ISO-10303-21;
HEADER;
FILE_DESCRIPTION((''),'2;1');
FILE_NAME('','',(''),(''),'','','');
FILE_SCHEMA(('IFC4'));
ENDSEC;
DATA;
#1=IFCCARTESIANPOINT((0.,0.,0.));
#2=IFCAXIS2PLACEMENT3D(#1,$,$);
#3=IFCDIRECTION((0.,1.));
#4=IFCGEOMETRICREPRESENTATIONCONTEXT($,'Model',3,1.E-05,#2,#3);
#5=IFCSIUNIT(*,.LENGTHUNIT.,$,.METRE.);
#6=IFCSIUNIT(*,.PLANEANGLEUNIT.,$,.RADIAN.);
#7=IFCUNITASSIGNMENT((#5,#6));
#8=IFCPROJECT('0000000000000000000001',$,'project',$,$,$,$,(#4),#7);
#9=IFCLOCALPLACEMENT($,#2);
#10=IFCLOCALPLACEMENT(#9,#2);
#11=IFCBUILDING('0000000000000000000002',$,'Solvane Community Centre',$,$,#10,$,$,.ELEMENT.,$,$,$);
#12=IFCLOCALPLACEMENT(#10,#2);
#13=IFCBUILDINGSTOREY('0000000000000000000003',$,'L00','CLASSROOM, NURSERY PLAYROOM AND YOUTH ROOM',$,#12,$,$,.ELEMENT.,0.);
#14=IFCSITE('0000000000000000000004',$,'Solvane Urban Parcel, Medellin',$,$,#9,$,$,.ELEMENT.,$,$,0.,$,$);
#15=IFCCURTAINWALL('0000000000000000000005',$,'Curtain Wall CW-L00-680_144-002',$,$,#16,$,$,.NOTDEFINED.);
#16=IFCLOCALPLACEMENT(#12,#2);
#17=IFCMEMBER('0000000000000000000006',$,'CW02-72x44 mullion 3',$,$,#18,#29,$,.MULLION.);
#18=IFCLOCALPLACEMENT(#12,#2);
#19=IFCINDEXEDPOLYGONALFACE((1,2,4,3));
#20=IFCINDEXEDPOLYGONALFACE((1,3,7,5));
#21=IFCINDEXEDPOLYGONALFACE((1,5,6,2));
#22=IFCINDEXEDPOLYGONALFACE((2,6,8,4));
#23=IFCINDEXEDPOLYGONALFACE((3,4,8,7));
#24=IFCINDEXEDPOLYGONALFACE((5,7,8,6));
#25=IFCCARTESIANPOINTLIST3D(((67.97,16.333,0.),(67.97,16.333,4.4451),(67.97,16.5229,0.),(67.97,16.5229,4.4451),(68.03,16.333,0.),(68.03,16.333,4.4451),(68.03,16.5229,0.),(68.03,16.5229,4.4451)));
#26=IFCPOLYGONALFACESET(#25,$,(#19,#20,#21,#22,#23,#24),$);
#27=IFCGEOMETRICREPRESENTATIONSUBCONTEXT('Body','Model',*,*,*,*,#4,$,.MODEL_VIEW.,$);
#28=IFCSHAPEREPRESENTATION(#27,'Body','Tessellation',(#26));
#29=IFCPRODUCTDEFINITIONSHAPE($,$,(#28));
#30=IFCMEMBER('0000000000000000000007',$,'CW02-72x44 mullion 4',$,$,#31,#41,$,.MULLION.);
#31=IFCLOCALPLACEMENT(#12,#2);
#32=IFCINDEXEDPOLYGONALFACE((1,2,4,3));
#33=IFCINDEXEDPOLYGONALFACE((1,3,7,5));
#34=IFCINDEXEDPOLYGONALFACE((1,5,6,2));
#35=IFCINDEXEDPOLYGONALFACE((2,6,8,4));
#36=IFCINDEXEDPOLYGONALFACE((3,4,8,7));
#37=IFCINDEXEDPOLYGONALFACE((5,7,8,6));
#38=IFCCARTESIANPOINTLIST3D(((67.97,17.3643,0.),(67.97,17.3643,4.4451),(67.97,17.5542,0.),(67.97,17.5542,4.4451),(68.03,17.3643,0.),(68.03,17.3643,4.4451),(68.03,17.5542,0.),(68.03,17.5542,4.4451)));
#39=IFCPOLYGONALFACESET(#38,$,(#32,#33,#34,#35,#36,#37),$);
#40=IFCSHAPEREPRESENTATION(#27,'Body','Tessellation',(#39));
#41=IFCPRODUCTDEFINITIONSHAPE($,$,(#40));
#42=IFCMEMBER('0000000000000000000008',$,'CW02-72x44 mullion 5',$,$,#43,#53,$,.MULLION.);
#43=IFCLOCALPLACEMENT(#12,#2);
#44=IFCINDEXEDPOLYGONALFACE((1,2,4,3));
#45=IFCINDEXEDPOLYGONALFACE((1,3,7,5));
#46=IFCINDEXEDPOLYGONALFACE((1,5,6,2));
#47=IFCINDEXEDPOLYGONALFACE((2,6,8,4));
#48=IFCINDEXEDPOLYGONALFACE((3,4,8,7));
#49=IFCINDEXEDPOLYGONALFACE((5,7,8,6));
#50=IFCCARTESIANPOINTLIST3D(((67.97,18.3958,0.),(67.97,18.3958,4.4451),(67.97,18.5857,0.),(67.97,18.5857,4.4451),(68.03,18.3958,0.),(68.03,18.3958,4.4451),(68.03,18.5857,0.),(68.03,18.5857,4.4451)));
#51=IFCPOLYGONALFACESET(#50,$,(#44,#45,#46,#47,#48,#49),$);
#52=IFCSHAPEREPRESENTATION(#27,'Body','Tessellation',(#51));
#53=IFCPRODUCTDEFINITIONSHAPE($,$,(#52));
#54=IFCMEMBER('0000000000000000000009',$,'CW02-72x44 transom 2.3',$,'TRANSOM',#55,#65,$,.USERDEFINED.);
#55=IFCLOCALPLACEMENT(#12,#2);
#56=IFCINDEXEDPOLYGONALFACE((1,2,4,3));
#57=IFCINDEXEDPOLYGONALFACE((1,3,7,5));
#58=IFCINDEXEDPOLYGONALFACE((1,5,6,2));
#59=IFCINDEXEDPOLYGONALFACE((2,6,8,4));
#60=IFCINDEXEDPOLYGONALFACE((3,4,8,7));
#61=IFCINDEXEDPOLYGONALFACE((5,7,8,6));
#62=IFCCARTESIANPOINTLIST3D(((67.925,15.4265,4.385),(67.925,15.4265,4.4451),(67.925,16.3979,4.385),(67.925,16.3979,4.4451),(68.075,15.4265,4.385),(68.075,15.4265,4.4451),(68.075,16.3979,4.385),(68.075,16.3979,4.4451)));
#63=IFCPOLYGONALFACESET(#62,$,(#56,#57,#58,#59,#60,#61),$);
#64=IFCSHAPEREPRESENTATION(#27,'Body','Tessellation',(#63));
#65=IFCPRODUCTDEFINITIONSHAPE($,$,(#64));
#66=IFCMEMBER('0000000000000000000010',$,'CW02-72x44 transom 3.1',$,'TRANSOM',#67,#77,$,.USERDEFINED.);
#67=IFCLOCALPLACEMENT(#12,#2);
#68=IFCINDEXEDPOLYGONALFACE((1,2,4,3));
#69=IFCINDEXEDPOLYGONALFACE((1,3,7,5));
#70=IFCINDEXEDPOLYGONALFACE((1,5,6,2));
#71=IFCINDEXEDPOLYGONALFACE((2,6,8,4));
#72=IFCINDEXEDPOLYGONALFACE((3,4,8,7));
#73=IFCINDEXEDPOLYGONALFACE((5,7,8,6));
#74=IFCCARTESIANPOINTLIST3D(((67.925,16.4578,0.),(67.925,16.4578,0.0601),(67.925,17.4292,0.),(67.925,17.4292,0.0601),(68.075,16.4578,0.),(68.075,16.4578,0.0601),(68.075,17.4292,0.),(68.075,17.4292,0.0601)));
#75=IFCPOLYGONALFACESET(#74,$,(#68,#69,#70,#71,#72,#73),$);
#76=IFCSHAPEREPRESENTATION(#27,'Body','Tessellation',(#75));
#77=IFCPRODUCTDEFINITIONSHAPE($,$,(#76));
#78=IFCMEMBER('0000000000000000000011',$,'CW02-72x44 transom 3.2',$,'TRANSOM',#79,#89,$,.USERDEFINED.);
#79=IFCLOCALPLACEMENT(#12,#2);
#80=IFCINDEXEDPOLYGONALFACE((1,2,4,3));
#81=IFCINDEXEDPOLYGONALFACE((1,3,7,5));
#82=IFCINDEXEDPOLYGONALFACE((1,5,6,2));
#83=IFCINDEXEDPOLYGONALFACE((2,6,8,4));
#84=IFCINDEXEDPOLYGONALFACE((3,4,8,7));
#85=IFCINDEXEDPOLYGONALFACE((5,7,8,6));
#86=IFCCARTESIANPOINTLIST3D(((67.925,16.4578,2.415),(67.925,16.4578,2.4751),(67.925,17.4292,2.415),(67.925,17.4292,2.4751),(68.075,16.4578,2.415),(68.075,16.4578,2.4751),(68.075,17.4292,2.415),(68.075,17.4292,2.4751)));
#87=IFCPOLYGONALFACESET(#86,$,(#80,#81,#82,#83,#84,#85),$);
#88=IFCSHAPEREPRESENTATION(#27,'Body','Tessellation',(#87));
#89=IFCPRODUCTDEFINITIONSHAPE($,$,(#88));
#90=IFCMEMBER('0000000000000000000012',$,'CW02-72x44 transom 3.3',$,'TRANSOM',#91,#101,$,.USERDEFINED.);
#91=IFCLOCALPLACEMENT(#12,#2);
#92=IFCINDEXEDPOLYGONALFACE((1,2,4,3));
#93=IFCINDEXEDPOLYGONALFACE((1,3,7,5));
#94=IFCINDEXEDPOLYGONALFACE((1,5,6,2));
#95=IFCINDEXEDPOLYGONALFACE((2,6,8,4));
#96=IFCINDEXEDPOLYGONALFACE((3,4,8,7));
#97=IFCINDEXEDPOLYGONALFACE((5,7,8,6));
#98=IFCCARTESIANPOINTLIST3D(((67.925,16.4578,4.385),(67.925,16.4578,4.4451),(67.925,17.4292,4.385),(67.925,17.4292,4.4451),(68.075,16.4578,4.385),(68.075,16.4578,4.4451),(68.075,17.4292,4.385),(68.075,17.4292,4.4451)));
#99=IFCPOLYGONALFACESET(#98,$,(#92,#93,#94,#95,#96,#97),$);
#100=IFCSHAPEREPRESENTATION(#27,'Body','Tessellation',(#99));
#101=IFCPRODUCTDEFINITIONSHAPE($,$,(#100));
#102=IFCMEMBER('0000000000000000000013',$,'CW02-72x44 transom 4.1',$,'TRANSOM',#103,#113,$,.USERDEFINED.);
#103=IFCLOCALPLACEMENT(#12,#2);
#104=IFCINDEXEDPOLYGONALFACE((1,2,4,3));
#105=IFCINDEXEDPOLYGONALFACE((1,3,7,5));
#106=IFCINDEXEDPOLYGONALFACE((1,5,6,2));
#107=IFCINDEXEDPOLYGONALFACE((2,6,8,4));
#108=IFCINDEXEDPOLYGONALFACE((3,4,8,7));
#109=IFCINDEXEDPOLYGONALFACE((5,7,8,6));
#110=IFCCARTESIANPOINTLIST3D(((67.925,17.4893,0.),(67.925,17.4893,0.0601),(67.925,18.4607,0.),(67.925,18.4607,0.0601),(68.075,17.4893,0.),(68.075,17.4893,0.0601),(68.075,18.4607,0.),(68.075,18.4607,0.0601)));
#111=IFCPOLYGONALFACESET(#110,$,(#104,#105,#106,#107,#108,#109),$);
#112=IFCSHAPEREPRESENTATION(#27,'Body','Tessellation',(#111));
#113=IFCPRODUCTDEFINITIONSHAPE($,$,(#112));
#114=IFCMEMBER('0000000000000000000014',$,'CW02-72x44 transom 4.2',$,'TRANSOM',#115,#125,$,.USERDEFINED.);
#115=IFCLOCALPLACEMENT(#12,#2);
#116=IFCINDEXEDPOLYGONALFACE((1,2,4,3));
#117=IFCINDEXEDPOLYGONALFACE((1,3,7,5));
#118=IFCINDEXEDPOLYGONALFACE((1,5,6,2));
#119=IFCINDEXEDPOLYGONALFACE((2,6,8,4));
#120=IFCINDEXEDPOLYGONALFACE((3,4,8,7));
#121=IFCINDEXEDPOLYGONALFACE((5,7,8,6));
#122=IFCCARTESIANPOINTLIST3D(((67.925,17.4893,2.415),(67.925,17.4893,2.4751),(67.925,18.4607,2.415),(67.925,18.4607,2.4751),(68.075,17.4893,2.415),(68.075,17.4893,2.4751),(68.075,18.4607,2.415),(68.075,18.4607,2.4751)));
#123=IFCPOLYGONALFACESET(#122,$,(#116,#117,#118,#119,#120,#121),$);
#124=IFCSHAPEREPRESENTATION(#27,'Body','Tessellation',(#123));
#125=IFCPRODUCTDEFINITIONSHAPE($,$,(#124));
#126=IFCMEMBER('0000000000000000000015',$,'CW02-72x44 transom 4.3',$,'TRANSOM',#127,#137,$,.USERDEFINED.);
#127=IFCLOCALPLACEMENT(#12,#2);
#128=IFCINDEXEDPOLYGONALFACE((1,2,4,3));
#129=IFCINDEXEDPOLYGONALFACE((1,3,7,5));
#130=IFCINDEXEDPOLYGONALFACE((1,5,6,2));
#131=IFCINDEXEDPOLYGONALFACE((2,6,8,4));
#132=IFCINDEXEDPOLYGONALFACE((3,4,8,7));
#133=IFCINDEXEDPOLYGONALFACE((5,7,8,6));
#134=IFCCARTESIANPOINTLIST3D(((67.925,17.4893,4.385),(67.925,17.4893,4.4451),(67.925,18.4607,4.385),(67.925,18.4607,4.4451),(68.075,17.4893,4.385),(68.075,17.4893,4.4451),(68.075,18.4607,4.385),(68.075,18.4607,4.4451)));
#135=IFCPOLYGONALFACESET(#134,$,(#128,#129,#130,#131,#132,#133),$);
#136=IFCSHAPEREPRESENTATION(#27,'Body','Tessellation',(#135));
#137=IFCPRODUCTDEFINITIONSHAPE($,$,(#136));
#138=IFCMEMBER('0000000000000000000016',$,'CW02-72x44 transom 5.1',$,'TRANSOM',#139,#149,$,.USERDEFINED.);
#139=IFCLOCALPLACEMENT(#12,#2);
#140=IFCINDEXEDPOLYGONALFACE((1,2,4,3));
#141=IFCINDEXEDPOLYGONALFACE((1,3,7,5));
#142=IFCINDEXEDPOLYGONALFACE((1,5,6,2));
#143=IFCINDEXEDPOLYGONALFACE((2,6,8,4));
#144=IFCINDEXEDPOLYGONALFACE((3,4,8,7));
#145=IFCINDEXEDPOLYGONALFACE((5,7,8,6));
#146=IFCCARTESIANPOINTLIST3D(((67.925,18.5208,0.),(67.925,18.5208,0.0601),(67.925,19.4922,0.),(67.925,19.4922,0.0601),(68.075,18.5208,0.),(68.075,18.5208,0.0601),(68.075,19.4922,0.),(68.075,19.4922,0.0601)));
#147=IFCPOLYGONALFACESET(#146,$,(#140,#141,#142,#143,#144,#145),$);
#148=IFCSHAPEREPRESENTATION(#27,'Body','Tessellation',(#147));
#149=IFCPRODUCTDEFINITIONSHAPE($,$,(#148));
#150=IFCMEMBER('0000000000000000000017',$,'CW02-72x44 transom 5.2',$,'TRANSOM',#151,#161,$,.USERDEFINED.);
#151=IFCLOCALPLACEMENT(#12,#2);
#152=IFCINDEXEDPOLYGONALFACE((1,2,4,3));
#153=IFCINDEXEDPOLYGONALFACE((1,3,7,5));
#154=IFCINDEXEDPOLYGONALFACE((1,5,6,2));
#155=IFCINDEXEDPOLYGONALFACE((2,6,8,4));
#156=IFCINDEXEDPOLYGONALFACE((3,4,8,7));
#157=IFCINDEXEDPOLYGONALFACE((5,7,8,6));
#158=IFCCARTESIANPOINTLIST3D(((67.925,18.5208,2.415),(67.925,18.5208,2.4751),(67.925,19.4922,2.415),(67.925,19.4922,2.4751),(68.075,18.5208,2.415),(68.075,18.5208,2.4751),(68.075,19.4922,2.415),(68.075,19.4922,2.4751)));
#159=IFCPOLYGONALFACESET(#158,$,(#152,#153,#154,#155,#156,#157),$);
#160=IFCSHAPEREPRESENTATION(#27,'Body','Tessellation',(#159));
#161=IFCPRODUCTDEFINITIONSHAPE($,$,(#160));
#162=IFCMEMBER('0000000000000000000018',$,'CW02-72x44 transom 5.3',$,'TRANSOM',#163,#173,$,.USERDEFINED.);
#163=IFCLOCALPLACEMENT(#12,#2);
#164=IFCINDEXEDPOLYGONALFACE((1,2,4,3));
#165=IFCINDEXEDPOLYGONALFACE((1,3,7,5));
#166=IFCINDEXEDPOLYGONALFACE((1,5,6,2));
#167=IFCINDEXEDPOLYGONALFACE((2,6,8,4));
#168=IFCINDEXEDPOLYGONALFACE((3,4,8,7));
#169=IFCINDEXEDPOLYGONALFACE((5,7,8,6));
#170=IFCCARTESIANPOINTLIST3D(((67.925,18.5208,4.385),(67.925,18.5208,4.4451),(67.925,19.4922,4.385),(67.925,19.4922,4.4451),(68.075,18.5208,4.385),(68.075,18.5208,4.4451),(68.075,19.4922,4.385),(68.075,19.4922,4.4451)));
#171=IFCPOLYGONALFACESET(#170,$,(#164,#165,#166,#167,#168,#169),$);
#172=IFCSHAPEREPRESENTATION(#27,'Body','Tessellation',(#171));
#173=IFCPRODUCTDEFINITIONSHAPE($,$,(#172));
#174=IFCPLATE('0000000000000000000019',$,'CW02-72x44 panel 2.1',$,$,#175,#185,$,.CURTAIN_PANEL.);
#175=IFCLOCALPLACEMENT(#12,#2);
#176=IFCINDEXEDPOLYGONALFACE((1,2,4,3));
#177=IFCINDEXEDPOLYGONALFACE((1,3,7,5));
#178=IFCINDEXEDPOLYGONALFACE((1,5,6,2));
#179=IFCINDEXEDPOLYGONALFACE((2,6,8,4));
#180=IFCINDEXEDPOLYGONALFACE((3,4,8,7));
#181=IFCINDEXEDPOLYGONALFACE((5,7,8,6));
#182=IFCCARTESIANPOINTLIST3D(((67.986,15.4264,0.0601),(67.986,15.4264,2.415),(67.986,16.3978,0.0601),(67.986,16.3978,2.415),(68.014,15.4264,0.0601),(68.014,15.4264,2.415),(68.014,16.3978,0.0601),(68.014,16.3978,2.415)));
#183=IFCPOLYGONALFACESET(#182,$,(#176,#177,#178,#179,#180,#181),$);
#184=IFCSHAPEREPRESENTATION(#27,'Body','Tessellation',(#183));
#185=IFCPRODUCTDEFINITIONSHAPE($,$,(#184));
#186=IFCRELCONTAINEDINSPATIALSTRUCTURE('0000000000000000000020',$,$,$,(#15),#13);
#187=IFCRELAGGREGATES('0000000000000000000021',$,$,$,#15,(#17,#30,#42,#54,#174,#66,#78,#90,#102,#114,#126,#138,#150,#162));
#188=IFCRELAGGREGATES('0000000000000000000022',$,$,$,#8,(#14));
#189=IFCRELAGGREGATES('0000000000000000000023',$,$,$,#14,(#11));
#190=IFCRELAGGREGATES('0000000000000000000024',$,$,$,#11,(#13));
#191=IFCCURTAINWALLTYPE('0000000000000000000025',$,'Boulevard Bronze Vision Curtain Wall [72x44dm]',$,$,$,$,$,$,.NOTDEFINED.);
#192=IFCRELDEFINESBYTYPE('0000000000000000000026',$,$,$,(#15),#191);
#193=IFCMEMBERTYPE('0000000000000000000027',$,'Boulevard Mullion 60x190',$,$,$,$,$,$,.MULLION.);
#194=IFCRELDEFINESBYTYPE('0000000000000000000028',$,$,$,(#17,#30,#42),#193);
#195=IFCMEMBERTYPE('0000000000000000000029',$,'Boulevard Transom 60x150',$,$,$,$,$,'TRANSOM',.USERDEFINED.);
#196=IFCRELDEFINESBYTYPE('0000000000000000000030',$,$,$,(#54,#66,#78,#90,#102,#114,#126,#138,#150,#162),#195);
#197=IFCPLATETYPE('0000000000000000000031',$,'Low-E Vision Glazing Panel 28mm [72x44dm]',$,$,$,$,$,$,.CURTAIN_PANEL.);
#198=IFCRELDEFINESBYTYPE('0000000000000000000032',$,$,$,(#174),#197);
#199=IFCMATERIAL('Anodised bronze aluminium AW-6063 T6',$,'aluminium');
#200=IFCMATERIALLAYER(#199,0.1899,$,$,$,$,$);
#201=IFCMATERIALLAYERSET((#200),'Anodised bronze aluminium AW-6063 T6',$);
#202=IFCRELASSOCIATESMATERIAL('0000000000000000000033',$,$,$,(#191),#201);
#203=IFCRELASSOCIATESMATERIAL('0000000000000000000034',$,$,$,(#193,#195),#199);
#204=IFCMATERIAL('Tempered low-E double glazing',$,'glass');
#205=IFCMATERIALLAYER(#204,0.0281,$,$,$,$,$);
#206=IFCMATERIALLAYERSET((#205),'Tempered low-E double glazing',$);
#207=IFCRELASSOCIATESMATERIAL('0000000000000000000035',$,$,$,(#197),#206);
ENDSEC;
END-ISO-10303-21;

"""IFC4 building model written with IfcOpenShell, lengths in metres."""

from ifc_helpers import new_model, si_unit, direction, frame, origin, origin_2d, place, context, subcontext, project, spatial, rectangle, extrude, material, layer, layer_set, material_profile, profile_set, type_object, element, aggregate, save


model = new_model("IFC4")

# Units and contexts
model_context = context("Model", 3, precision=1e-05, world=origin(), true_north=direction((0.0, 1.0)))
body_context = subcontext(model_context, "Body", "Model", "MODEL_VIEW")
ifc_project = project(units=[si_unit("LENGTHUNIT", "METRE"), si_unit("PLANEANGLEUNIT", "RADIAN")], contexts=[model_context])

# Site, building, storey
site_placement = place(None, origin())
site = spatial("IfcSite", under=ifc_project, at=site_placement, Name="Solvane Urban Parcel, Medellin", CompositionType="ELEMENT", RefElevation=0.0)
building_placement = place(site_placement, origin())
building = spatial("IfcBuilding", under=site, at=building_placement, Name="Solvane Community Centre", CompositionType="ELEMENT")
storey_placement = place(building_placement, origin())
storey = spatial("IfcBuildingStorey", under=building, at=storey_placement, Name="L00", Description="CLASSROOM, NURSERY PLAYROOM AND YOUTH ROOM", CompositionType="ELEMENT", Elevation=0.0)

# Curtain wall, members, plate
ifc_material_1 = material(Name="Anodised bronze aluminium AW-6063 T6", Category="aluminium")
ifc_layer_1 = layer(ifc_material_1, 0.1899)
ifc_layer_set_1 = layer_set([ifc_layer_1], Name="Anodised bronze aluminium AW-6063 T6")
curtain_wall_type = type_object("IfcCurtainWallType", Name="Boulevard Bronze Vision Curtain Wall [72x44dm]", PredefinedType="NOTDEFINED", material=ifc_layer_set_1)
curtain_wall_placement = place(storey_placement, origin())
curtain_wall = element("IfcCurtainWall", 1, at=curtain_wall_placement, inside=storey, type_object=curtain_wall_type, Name="Curtain Wall CW-L00-680_144-002", PredefinedType="NOTDEFINED")
ifc_material_profile_1 = material_profile(ifc_material_1, rectangle(XDim=0.0601, YDim=0.1899, at=origin_2d()), Name="CW-M 60x190")
ifc_profile_set_1 = profile_set([ifc_material_profile_1], Name="Anodised bronze aluminium AW-6063 T6")
member_type_1 = type_object("IfcMemberType", Name="Boulevard Mullion 60x190", PredefinedType="MULLION", material=ifc_profile_set_1)
member_1_placement = place(storey_placement, frame((68.0, 16.428, 0.0), z_axis=(0.0, 0.0, 1.0), x_axis=(-1.0, 0.0, 0.0)))
member_1 = element("IfcMember", 2, at=member_1_placement, type_object=member_type_1, Name="CW02-72x44 mullion 3", PredefinedType="MULLION", context=body_context, shape_type="SweptSolid", body=[
    extrude(rectangle(XDim=0.0601, YDim=0.1899, at=origin_2d()), origin(), (0.0, 0.0, 1.0), 4.4451),
])
member_2_placement = place(storey_placement, frame((68.0, 17.4592, 0.0), z_axis=(0.0, 0.0, 1.0), x_axis=(-1.0, 0.0, 0.0)))
member_2 = element("IfcMember", 3, at=member_2_placement, type_object=member_type_1, Name="CW02-72x44 mullion 4", PredefinedType="MULLION", context=body_context, shape_type="SweptSolid", body=[
    extrude(rectangle(XDim=0.0601, YDim=0.1899, at=origin_2d()), origin(), (0.0, 0.0, 1.0), 4.4451),
])
member_3_placement = place(storey_placement, frame((68.0, 18.4907, 0.0), z_axis=(0.0, 0.0, 1.0), x_axis=(-1.0, 0.0, 0.0)))
member_3 = element("IfcMember", 4, at=member_3_placement, type_object=member_type_1, Name="CW02-72x44 mullion 5", PredefinedType="MULLION", context=body_context, shape_type="SweptSolid", body=[
    extrude(rectangle(XDim=0.0601, YDim=0.1899, at=origin_2d()), origin(), (0.0, 0.0, 1.0), 4.4451),
])
ifc_material_profile_2 = material_profile(ifc_material_1, rectangle(XDim=0.1499, YDim=0.0601, at=origin_2d()), Name="CW-T 60x150")
ifc_profile_set_2 = profile_set([ifc_material_profile_2], Name="Anodised bronze aluminium AW-6063 T6")
member_type_2 = type_object("IfcMemberType", Name="Boulevard Transom 60x150", ElementType="TRANSOM", PredefinedType="USERDEFINED", material=ifc_profile_set_2)
member_4_placement = place(storey_placement, frame((68.0, 15.4265, 4.415), z_axis=(0.0, 1.0, 0.0), x_axis=(-1.0, 0.0, 0.0)))
member_4 = element("IfcMember", 5, at=member_4_placement, type_object=member_type_2, Name="CW02-72x44 transom 2.3", ObjectType="TRANSOM", PredefinedType="USERDEFINED", context=body_context, shape_type="SweptSolid", body=[
    extrude(rectangle(XDim=0.1499, YDim=0.0601, at=origin_2d()), origin(), (0.0, 0.0, 1.0), 0.9714),
])
member_5_placement = place(storey_placement, frame((68.0, 16.4578, 0.03), z_axis=(0.0, 1.0, 0.0), x_axis=(-1.0, 0.0, 0.0)))
member_5 = element("IfcMember", 6, at=member_5_placement, type_object=member_type_2, Name="CW02-72x44 transom 3.1", ObjectType="TRANSOM", PredefinedType="USERDEFINED", context=body_context, shape_type="SweptSolid", body=[
    extrude(rectangle(XDim=0.1499, YDim=0.0601, at=origin_2d()), origin(), (0.0, 0.0, 1.0), 0.9714),
])
member_6_placement = place(storey_placement, frame((68.0, 16.4578, 2.4451), z_axis=(0.0, 1.0, 0.0), x_axis=(-1.0, 0.0, 0.0)))
member_6 = element("IfcMember", 7, at=member_6_placement, type_object=member_type_2, Name="CW02-72x44 transom 3.2", ObjectType="TRANSOM", PredefinedType="USERDEFINED", context=body_context, shape_type="SweptSolid", body=[
    extrude(rectangle(XDim=0.1499, YDim=0.0601, at=origin_2d()), origin(), (0.0, 0.0, 1.0), 0.9714),
])
member_7_placement = place(storey_placement, frame((68.0, 16.4578, 4.415), z_axis=(0.0, 1.0, 0.0), x_axis=(-1.0, 0.0, 0.0)))
member_7 = element("IfcMember", 8, at=member_7_placement, type_object=member_type_2, Name="CW02-72x44 transom 3.3", ObjectType="TRANSOM", PredefinedType="USERDEFINED", context=body_context, shape_type="SweptSolid", body=[
    extrude(rectangle(XDim=0.1499, YDim=0.0601, at=origin_2d()), origin(), (0.0, 0.0, 1.0), 0.9714),
])
member_8_placement = place(storey_placement, frame((68.0, 17.4893, 0.03), z_axis=(0.0, 1.0, 0.0), x_axis=(-1.0, 0.0, 0.0)))
member_8 = element("IfcMember", 9, at=member_8_placement, type_object=member_type_2, Name="CW02-72x44 transom 4.1", ObjectType="TRANSOM", PredefinedType="USERDEFINED", context=body_context, shape_type="SweptSolid", body=[
    extrude(rectangle(XDim=0.1499, YDim=0.0601, at=origin_2d()), origin(), (0.0, 0.0, 1.0), 0.9714),
])
member_9_placement = place(storey_placement, frame((68.0, 17.4893, 2.4451), z_axis=(0.0, 1.0, 0.0), x_axis=(-1.0, 0.0, 0.0)))
member_9 = element("IfcMember", 10, at=member_9_placement, type_object=member_type_2, Name="CW02-72x44 transom 4.2", ObjectType="TRANSOM", PredefinedType="USERDEFINED", context=body_context, shape_type="SweptSolid", body=[
    extrude(rectangle(XDim=0.1499, YDim=0.0601, at=origin_2d()), origin(), (0.0, 0.0, 1.0), 0.9714),
])
member_10_placement = place(storey_placement, frame((68.0, 17.4893, 4.415), z_axis=(0.0, 1.0, 0.0), x_axis=(-1.0, 0.0, 0.0)))
member_10 = element("IfcMember", 11, at=member_10_placement, type_object=member_type_2, Name="CW02-72x44 transom 4.3", ObjectType="TRANSOM", PredefinedType="USERDEFINED", context=body_context, shape_type="SweptSolid", body=[
    extrude(rectangle(XDim=0.1499, YDim=0.0601, at=origin_2d()), origin(), (0.0, 0.0, 1.0), 0.9714),
])
member_11_placement = place(storey_placement, frame((68.0, 18.5208, 0.03), z_axis=(0.0, 1.0, 0.0), x_axis=(-1.0, 0.0, 0.0)))
member_11 = element("IfcMember", 12, at=member_11_placement, type_object=member_type_2, Name="CW02-72x44 transom 5.1", ObjectType="TRANSOM", PredefinedType="USERDEFINED", context=body_context, shape_type="SweptSolid", body=[
    extrude(rectangle(XDim=0.1499, YDim=0.0601, at=origin_2d()), origin(), (0.0, 0.0, 1.0), 0.9714),
])
member_12_placement = place(storey_placement, frame((68.0, 18.5208, 2.4451), z_axis=(0.0, 1.0, 0.0), x_axis=(-1.0, 0.0, 0.0)))
member_12 = element("IfcMember", 13, at=member_12_placement, type_object=member_type_2, Name="CW02-72x44 transom 5.2", ObjectType="TRANSOM", PredefinedType="USERDEFINED", context=body_context, shape_type="SweptSolid", body=[
    extrude(rectangle(XDim=0.1499, YDim=0.0601, at=origin_2d()), origin(), (0.0, 0.0, 1.0), 0.9714),
])
member_13_placement = place(storey_placement, frame((68.0, 18.5208, 4.415), z_axis=(0.0, 1.0, 0.0), x_axis=(-1.0, 0.0, 0.0)))
member_13 = element("IfcMember", 14, at=member_13_placement, type_object=member_type_2, Name="CW02-72x44 transom 5.3", ObjectType="TRANSOM", PredefinedType="USERDEFINED", context=body_context, shape_type="SweptSolid", body=[
    extrude(rectangle(XDim=0.1499, YDim=0.0601, at=origin_2d()), origin(), (0.0, 0.0, 1.0), 0.9714),
])
ifc_material_2 = material(Name="Tempered low-E double glazing", Category="glass")
ifc_layer_2 = layer(ifc_material_2, 0.0281)
ifc_layer_set_2 = layer_set([ifc_layer_2], Name="Tempered low-E double glazing")
plate_type = type_object("IfcPlateType", Name="Low-E Vision Glazing Panel 28mm [72x44dm]", PredefinedType="CURTAIN_PANEL", material=ifc_layer_set_2)
plate_1_placement = place(storey_placement, frame((68.0, 15.9121, 0.0601), z_axis=(0.0, 0.0, 1.0), x_axis=(0.0, 1.0, 0.0)))
plate_1 = element("IfcPlate", 15, at=plate_1_placement, type_object=plate_type, Name="CW02-72x44 panel 2.1", PredefinedType="CURTAIN_PANEL", context=body_context, shape_type="SweptSolid", body=[
    extrude(rectangle(XDim=0.9714, YDim=0.0281, at=origin_2d()), origin(), (0.0, 0.0, 1.0), 2.355),
])
aggregate(curtain_wall, [member_1, member_2, member_3, member_4, plate_1, member_5, member_6, member_7, member_8, member_9, member_10, member_11, member_12, member_13])

save(model, "model.ifc")
